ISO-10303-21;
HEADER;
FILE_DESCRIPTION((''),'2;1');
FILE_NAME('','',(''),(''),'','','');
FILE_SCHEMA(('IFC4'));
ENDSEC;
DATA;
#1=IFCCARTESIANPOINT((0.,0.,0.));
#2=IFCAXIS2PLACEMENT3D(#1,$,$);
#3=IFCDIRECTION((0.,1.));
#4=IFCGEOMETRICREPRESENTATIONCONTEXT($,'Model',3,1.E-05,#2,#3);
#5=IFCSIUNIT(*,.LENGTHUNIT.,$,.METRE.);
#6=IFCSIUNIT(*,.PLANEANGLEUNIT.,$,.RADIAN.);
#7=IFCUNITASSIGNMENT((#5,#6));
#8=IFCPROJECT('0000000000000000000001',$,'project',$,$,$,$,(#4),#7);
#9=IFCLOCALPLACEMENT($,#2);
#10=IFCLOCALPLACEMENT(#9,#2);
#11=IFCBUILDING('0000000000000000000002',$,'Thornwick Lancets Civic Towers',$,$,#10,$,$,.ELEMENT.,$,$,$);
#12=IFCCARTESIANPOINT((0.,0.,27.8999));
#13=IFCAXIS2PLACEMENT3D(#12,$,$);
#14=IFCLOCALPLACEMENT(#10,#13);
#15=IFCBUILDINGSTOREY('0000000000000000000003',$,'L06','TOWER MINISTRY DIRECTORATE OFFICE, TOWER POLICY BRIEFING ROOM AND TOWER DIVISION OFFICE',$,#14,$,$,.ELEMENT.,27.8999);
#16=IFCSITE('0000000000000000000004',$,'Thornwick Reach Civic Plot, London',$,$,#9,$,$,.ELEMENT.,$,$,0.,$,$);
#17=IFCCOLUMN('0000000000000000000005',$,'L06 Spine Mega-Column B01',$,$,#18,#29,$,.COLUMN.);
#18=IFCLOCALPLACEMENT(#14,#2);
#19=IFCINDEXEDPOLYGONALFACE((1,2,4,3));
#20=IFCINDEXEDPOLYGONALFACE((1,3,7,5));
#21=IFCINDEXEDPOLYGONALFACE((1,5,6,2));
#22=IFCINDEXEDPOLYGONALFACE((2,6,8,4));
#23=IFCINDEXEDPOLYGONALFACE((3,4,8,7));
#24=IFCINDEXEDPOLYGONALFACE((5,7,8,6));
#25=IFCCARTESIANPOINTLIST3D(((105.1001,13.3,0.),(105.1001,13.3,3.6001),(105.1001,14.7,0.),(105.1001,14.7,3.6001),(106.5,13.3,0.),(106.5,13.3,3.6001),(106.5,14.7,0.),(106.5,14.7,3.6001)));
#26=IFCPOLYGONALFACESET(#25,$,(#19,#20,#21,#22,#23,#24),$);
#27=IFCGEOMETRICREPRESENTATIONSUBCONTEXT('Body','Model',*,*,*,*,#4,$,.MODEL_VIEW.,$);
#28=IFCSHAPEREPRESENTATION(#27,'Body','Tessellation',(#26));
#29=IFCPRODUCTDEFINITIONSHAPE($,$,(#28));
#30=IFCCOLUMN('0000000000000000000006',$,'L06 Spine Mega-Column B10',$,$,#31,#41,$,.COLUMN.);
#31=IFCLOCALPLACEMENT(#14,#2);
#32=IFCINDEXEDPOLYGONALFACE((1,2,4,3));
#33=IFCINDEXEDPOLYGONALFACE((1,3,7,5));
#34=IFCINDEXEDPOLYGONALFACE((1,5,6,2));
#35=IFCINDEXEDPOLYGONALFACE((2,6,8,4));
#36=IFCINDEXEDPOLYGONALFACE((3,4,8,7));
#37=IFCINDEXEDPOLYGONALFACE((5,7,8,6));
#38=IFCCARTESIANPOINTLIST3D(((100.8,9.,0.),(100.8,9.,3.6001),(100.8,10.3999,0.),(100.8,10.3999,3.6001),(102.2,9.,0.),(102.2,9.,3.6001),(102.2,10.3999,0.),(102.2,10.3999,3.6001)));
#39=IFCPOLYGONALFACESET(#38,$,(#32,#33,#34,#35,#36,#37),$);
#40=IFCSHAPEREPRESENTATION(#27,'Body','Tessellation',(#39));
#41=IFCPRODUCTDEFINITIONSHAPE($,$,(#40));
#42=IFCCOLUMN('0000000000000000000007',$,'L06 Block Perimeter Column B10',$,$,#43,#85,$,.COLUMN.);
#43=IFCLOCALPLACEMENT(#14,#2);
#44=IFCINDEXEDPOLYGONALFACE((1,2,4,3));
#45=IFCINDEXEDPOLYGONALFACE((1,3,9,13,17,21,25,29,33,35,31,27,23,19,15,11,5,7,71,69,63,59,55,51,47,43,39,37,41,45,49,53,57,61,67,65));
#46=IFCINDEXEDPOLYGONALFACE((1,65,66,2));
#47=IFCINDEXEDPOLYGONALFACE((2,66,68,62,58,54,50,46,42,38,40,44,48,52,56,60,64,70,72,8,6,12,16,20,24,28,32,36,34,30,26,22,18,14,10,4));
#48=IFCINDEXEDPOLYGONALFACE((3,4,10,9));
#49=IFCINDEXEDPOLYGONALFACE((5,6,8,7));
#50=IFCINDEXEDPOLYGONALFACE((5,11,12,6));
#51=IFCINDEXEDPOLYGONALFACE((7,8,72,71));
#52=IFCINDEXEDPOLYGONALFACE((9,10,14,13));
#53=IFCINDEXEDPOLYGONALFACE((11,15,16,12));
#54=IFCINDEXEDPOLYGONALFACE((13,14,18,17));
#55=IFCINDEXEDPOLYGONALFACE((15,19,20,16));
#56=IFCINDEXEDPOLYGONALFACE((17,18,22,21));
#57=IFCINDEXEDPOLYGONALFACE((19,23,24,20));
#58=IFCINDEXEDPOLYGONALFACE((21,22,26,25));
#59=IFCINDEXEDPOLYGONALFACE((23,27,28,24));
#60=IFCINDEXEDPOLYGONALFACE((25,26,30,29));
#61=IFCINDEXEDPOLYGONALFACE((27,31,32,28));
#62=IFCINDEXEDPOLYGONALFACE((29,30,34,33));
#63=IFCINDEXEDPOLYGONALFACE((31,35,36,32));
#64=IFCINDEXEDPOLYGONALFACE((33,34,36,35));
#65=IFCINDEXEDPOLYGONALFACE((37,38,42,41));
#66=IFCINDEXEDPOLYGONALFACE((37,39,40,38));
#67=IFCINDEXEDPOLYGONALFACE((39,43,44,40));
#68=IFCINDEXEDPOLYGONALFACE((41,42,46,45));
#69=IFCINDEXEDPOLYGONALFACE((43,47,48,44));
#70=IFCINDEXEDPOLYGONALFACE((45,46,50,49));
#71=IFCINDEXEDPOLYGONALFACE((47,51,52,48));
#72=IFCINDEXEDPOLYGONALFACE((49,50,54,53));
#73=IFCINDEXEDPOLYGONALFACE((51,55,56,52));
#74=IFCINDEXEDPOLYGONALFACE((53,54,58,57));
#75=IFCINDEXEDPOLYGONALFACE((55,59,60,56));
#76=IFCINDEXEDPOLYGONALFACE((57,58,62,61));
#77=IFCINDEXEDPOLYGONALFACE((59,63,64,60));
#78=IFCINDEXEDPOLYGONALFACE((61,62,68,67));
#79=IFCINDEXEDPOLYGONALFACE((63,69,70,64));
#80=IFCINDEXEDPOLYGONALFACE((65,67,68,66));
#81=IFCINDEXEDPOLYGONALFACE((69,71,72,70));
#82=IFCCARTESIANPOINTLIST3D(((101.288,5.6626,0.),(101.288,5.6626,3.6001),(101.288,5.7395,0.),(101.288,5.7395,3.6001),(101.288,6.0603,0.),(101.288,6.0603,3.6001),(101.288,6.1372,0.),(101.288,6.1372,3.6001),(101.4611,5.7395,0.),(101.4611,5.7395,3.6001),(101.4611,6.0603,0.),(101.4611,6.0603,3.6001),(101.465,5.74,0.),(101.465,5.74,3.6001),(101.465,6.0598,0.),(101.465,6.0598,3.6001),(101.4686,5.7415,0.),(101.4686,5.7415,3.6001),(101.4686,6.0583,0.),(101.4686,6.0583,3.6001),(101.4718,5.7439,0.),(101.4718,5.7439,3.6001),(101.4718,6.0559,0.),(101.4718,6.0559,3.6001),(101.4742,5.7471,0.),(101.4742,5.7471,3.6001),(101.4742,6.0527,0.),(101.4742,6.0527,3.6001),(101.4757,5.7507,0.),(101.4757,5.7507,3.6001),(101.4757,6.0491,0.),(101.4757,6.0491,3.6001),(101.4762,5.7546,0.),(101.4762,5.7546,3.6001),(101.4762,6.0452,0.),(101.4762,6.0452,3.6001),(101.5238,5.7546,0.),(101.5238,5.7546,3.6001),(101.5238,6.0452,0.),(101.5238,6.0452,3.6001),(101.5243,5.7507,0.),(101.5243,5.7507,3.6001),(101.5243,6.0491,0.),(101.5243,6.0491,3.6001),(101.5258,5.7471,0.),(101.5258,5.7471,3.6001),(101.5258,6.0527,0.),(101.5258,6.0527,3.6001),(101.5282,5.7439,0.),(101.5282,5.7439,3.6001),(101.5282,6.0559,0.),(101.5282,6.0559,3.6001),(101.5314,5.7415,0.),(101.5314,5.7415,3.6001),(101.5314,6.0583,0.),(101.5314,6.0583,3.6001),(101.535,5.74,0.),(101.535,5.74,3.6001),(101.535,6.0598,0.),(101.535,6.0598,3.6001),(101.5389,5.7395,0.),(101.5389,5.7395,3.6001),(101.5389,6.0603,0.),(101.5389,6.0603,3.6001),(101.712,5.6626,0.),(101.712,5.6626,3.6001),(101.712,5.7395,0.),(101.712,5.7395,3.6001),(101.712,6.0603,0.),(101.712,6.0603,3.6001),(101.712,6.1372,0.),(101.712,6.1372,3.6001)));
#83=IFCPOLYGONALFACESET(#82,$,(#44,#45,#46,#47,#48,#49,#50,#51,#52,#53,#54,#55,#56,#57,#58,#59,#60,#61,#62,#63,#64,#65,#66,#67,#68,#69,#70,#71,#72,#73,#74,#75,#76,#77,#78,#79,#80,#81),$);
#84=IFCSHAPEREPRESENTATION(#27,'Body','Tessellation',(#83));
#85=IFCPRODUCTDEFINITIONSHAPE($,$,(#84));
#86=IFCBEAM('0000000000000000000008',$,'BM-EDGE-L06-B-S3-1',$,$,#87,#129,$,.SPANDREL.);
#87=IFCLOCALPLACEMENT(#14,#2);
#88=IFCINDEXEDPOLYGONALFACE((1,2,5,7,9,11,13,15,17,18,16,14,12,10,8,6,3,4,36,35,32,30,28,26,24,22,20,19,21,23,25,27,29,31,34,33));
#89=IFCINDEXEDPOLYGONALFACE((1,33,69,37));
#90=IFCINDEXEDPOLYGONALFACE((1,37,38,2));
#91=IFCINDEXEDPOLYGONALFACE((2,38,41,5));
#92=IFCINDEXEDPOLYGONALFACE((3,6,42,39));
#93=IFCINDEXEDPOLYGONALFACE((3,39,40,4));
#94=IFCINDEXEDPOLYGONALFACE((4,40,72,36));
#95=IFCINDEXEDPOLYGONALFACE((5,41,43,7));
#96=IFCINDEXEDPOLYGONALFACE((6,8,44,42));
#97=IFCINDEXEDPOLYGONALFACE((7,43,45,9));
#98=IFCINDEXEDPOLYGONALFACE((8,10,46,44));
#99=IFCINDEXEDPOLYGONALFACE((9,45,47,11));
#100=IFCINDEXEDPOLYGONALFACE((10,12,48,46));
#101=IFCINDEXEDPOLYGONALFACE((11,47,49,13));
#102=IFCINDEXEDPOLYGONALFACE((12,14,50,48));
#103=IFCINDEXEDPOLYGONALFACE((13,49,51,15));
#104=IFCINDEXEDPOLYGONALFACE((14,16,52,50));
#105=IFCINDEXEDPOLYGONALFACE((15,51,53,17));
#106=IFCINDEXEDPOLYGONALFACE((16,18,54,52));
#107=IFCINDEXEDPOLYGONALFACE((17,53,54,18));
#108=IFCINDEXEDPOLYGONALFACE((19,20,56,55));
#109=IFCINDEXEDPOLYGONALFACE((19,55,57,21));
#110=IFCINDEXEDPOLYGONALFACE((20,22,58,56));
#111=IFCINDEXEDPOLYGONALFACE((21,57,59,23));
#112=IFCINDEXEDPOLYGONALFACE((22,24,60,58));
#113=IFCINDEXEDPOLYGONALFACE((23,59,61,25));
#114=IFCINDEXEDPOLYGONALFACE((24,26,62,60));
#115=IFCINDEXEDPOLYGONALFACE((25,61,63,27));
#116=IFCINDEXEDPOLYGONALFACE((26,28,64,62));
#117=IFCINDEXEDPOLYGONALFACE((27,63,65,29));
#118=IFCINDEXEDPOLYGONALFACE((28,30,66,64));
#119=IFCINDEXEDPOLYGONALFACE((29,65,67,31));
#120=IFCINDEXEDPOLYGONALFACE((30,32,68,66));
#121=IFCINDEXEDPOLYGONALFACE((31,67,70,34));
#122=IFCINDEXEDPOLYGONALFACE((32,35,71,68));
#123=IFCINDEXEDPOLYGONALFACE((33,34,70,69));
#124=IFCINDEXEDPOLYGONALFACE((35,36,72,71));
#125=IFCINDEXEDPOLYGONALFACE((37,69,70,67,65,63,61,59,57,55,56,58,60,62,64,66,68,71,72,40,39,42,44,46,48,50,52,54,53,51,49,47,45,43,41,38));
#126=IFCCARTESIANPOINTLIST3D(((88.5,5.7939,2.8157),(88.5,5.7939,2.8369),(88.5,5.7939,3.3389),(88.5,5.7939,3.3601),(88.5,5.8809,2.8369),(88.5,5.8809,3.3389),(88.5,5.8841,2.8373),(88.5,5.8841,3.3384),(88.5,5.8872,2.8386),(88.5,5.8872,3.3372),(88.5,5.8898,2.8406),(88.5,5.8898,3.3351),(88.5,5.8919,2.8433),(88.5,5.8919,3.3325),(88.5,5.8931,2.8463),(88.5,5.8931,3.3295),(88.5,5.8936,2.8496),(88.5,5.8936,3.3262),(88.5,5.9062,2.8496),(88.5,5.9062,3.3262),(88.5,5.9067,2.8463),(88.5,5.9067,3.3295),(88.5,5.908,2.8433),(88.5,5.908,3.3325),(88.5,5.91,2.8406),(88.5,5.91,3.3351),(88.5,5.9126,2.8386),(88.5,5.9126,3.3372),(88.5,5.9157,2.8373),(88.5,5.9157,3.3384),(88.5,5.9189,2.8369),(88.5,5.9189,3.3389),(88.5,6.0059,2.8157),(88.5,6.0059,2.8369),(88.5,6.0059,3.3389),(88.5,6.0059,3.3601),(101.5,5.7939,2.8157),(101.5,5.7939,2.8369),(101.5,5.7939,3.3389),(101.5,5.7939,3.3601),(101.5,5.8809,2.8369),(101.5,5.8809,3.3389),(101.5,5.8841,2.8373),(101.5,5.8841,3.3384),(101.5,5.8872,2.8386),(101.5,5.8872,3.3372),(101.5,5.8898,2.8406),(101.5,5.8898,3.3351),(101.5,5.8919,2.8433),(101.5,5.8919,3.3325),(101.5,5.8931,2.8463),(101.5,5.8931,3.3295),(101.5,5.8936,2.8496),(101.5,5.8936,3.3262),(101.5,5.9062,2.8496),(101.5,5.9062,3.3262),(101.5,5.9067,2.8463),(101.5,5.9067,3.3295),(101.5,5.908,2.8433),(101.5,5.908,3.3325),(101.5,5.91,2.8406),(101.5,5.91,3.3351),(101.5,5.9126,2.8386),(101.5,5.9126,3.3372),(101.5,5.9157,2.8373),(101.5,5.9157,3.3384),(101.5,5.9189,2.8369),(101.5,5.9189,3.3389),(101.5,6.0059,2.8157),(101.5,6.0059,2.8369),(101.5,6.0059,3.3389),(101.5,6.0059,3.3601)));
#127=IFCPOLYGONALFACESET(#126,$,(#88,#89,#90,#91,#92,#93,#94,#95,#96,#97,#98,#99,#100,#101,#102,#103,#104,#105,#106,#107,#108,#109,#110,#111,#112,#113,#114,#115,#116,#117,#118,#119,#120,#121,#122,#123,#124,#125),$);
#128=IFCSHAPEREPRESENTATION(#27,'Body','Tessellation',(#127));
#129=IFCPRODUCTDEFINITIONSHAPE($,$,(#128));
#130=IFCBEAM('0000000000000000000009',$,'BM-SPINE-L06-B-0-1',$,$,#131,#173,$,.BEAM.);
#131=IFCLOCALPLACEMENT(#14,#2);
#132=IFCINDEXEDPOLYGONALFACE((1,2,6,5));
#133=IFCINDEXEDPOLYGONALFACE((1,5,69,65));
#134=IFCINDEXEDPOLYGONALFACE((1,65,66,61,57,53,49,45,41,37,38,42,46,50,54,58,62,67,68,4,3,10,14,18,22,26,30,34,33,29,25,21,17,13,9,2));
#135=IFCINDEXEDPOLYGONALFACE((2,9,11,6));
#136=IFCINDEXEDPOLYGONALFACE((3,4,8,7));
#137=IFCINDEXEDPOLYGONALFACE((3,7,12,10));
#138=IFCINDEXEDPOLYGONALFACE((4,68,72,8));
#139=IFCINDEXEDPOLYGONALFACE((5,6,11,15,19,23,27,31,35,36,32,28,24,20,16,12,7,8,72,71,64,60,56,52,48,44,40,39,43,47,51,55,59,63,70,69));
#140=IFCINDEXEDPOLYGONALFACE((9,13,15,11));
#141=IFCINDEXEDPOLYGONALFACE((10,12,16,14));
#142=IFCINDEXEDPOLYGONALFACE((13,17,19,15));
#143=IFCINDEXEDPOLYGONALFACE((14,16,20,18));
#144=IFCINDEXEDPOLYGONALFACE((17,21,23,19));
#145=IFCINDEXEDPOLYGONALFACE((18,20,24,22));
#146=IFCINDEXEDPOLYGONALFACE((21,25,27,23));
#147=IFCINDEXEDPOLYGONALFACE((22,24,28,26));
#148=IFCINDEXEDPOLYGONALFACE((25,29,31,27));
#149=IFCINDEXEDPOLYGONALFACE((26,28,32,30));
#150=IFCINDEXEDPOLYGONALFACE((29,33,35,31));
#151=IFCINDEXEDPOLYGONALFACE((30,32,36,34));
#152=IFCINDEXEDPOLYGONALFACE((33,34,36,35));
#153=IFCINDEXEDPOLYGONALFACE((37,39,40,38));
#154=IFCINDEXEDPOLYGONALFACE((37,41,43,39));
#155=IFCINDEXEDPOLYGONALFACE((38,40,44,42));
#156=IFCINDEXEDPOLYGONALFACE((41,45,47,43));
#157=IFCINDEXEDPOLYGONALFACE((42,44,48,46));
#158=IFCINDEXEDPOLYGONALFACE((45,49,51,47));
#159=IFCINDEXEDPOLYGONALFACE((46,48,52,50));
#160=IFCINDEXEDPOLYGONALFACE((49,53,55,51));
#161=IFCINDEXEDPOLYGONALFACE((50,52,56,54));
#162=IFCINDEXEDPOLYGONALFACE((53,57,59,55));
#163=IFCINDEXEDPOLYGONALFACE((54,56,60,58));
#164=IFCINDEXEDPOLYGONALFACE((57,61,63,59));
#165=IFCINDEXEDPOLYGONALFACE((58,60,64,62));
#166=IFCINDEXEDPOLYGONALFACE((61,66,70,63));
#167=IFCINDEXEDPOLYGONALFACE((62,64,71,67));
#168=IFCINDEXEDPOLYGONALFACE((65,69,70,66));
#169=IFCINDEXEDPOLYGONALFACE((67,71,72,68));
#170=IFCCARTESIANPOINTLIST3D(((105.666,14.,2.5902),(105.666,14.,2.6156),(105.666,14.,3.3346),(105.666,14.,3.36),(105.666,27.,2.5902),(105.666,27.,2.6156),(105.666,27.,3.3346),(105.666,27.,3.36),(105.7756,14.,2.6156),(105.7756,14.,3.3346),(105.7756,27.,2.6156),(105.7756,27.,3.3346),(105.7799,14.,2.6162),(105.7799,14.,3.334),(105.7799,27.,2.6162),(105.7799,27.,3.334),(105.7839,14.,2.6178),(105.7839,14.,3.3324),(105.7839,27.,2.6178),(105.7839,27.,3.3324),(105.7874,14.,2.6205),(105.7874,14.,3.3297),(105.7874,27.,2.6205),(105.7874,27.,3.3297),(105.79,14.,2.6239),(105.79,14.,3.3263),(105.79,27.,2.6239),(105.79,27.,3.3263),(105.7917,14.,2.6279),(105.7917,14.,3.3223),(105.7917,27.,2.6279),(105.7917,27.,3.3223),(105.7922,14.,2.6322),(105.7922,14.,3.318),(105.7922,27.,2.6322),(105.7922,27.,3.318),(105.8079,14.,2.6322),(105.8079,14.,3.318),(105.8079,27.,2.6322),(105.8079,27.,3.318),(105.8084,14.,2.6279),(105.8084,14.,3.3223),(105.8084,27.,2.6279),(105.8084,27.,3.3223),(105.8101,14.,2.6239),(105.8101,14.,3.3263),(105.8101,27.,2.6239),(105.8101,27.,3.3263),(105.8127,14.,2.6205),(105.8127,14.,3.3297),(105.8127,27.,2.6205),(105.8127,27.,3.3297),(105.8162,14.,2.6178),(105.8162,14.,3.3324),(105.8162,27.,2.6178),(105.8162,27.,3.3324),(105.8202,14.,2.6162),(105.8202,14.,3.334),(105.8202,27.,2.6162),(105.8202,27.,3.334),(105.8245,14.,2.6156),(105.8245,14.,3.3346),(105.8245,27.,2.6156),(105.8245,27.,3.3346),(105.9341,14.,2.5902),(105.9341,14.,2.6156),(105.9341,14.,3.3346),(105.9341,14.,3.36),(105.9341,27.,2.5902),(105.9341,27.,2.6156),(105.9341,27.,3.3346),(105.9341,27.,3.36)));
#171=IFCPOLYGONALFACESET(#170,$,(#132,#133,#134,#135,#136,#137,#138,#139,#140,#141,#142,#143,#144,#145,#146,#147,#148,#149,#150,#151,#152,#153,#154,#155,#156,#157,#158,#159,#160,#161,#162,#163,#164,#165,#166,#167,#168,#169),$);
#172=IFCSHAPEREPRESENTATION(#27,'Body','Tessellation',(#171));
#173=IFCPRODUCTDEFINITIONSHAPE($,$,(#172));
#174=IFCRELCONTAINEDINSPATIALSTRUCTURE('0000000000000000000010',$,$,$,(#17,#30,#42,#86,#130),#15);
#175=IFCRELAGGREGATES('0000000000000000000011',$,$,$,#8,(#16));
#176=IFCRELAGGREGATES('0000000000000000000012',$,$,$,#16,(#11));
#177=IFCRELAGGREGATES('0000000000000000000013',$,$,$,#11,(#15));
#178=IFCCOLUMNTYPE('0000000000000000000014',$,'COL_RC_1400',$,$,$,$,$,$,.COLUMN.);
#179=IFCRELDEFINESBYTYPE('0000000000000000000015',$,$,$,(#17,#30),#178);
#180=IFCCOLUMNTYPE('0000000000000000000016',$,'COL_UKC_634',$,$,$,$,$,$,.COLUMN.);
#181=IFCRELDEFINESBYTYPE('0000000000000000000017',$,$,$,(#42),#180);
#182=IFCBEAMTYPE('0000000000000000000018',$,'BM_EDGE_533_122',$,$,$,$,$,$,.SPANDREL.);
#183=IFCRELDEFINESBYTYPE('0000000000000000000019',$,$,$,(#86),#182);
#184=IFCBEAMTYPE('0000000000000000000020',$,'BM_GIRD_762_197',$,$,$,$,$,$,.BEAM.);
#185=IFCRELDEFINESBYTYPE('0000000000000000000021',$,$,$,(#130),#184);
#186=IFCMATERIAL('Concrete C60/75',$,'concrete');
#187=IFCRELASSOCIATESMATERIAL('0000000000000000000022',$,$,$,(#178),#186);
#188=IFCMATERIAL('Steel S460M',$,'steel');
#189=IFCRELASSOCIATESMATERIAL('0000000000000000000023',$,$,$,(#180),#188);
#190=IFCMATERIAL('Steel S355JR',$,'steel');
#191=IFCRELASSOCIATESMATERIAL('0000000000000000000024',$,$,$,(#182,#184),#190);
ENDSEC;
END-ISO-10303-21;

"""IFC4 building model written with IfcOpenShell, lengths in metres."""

from ifc_helpers import new_model, si_unit, direction, frame, origin, origin_2d, place, context, subcontext, project, spatial, rectangle, i_section, extrude, material, material_profile, profile_set, type_object, element, save


model = new_model("IFC4")

# Units and contexts
model_context = context("Model", 3, precision=1e-05, world=origin(), true_north=direction((0.0, 1.0)))
body_context = subcontext(model_context, "Body", "Model", "MODEL_VIEW")
ifc_project = project(units=[si_unit("LENGTHUNIT", "METRE"), si_unit("PLANEANGLEUNIT", "RADIAN")], contexts=[model_context])

# Site, building, storey
site_placement = place(None, origin())
site = spatial("IfcSite", under=ifc_project, at=site_placement, Name="Thornwick Reach Civic Plot, London", CompositionType="ELEMENT", RefElevation=0.0)
building_placement = place(site_placement, origin())
building = spatial("IfcBuilding", under=site, at=building_placement, Name="Thornwick Lancets Civic Towers", CompositionType="ELEMENT")
storey_placement = place(building_placement, frame((0.0, 0.0, 27.8999)))
storey = spatial("IfcBuildingStorey", under=building, at=storey_placement, Name="L06", Description="TOWER MINISTRY DIRECTORATE OFFICE, TOWER POLICY BRIEFING ROOM AND TOWER DIVISION OFFICE", CompositionType="ELEMENT", Elevation=27.8999)

# Columns
ifc_material_1 = material(Name="Concrete C60/75", Category="concrete")
ifc_material_profile_1 = material_profile(ifc_material_1, rectangle(XDim=1.3999, YDim=1.3999, at=origin_2d()), Name="RC 1400x1400")
ifc_profile_set_1 = profile_set([ifc_material_profile_1], Name="Concrete C60/75")
column_type_1 = type_object("IfcColumnType", Name="COL_RC_1400", PredefinedType="COLUMN", material=ifc_profile_set_1)
for number, where, z_axis, x_axis, name in (
    (1, (105.8, 14.0, 0.0), (0.0, 0.0, 1.0), (1.0, 0.0, 0.0), "L06 Spine Mega-Column B01"),
    (2, (101.5, 9.7, 0.0), (0.0, 0.0, 1.0), (1.0, 0.0, 0.0), "L06 Spine Mega-Column B10"),
):
    element("IfcColumn", number, at=place(storey_placement, frame(where, z_axis=z_axis, x_axis=x_axis)), inside=storey, type_object=column_type_1, Name=name, PredefinedType="COLUMN", context=body_context, shape_type="SweptSolid", body=[
        extrude(rectangle(XDim=1.3999, YDim=1.3999, at=origin_2d()), origin(), (0.0, 0.0, 1.0), 3.6001),
    ])
ifc_material_2 = material(Name="Steel S460M", Category="steel")
ifc_material_profile_2 = material_profile(ifc_material_2, i_section(OverallWidth=0.4241, OverallDepth=0.4746, WebThickness=0.0476, FlangeThickness=0.0769, FilletRadius=0.0151, at=origin_2d()), Name="UKC 356x406x634")
ifc_profile_set_2 = profile_set([ifc_material_profile_2], Name="Steel S460M")
column_type_2 = type_object("IfcColumnType", Name="COL_UKC_634", PredefinedType="COLUMN", material=ifc_profile_set_2)
column_placement = place(storey_placement, frame((101.5, 5.8999, 0.0), z_axis=(0.0, 0.0, 1.0), x_axis=(1.0, 0.0, 0.0)))
element("IfcColumn", 3, at=column_placement, inside=storey, type_object=column_type_2, Name="L06 Block Perimeter Column B10", PredefinedType="COLUMN", context=body_context, shape_type="SweptSolid", body=[
    extrude(i_section(OverallWidth=0.4241, OverallDepth=0.4746, WebThickness=0.0476, FlangeThickness=0.0769, FilletRadius=0.0151, at=origin_2d()), origin(), (0.0, 0.0, 1.0), 3.6001),
])

# Beams
ifc_material_3 = material(Name="Steel S355JR", Category="steel")
ifc_material_profile_3 = material_profile(ifc_material_3, i_section(OverallWidth=0.2119, OverallDepth=0.5444, WebThickness=0.0127, FlangeThickness=0.0212, FilletRadius=0.0127, at=origin_2d()), Name="UKB 533x210x122")
ifc_profile_set_3 = profile_set([ifc_material_profile_3], Name="Steel S355JR")
beam_type_1 = type_object("IfcBeamType", Name="BM_EDGE_533_122", PredefinedType="SPANDREL", material=ifc_profile_set_3)
beam_1_placement = place(storey_placement, frame((101.5, 5.8999, 3.0879), z_axis=(-1.0, 0.0, 0.0), x_axis=(0.0, -1.0, 0.0)))
element("IfcBeam", 4, at=beam_1_placement, inside=storey, type_object=beam_type_1, Name="BM-EDGE-L06-B-S3-1", PredefinedType="SPANDREL", context=body_context, shape_type="SweptSolid", body=[
    extrude(i_section(OverallWidth=0.2119, OverallDepth=0.5444, WebThickness=0.0127, FlangeThickness=0.0212, FilletRadius=0.0127, at=origin_2d()), origin(), (0.0, 0.0, 1.0), 13.0),
])
ifc_material_profile_4 = material_profile(ifc_material_3, i_section(OverallWidth=0.2681, OverallDepth=0.7698, WebThickness=0.0156, FlangeThickness=0.0254, FilletRadius=0.0166, at=origin_2d()), Name="UKB 762x267x197")
ifc_profile_set_4 = profile_set([ifc_material_profile_4], Name="Steel S355JR")
beam_type_2 = type_object("IfcBeamType", Name="BM_GIRD_762_197", PredefinedType="BEAM", material=ifc_profile_set_4)
for number, where, z_axis, x_axis, name in (
    (5, (105.8, 14.0, 2.9751), (0.0, 1.0, 0.0), (-1.0, 0.0, 0.0), "BM-SPINE-L06-B-0-1"),
):
    element("IfcBeam", number, at=place(storey_placement, frame(where, z_axis=z_axis, x_axis=x_axis)), inside=storey, type_object=beam_type_2, Name=name, PredefinedType="BEAM", context=body_context, shape_type="SweptSolid", body=[
        extrude(i_section(OverallWidth=0.2681, OverallDepth=0.7698, WebThickness=0.0156, FlangeThickness=0.0254, FilletRadius=0.0166, at=origin_2d()), origin(), (0.0, 0.0, 1.0), 13.0),
    ])

save(model, "model.ifc")
